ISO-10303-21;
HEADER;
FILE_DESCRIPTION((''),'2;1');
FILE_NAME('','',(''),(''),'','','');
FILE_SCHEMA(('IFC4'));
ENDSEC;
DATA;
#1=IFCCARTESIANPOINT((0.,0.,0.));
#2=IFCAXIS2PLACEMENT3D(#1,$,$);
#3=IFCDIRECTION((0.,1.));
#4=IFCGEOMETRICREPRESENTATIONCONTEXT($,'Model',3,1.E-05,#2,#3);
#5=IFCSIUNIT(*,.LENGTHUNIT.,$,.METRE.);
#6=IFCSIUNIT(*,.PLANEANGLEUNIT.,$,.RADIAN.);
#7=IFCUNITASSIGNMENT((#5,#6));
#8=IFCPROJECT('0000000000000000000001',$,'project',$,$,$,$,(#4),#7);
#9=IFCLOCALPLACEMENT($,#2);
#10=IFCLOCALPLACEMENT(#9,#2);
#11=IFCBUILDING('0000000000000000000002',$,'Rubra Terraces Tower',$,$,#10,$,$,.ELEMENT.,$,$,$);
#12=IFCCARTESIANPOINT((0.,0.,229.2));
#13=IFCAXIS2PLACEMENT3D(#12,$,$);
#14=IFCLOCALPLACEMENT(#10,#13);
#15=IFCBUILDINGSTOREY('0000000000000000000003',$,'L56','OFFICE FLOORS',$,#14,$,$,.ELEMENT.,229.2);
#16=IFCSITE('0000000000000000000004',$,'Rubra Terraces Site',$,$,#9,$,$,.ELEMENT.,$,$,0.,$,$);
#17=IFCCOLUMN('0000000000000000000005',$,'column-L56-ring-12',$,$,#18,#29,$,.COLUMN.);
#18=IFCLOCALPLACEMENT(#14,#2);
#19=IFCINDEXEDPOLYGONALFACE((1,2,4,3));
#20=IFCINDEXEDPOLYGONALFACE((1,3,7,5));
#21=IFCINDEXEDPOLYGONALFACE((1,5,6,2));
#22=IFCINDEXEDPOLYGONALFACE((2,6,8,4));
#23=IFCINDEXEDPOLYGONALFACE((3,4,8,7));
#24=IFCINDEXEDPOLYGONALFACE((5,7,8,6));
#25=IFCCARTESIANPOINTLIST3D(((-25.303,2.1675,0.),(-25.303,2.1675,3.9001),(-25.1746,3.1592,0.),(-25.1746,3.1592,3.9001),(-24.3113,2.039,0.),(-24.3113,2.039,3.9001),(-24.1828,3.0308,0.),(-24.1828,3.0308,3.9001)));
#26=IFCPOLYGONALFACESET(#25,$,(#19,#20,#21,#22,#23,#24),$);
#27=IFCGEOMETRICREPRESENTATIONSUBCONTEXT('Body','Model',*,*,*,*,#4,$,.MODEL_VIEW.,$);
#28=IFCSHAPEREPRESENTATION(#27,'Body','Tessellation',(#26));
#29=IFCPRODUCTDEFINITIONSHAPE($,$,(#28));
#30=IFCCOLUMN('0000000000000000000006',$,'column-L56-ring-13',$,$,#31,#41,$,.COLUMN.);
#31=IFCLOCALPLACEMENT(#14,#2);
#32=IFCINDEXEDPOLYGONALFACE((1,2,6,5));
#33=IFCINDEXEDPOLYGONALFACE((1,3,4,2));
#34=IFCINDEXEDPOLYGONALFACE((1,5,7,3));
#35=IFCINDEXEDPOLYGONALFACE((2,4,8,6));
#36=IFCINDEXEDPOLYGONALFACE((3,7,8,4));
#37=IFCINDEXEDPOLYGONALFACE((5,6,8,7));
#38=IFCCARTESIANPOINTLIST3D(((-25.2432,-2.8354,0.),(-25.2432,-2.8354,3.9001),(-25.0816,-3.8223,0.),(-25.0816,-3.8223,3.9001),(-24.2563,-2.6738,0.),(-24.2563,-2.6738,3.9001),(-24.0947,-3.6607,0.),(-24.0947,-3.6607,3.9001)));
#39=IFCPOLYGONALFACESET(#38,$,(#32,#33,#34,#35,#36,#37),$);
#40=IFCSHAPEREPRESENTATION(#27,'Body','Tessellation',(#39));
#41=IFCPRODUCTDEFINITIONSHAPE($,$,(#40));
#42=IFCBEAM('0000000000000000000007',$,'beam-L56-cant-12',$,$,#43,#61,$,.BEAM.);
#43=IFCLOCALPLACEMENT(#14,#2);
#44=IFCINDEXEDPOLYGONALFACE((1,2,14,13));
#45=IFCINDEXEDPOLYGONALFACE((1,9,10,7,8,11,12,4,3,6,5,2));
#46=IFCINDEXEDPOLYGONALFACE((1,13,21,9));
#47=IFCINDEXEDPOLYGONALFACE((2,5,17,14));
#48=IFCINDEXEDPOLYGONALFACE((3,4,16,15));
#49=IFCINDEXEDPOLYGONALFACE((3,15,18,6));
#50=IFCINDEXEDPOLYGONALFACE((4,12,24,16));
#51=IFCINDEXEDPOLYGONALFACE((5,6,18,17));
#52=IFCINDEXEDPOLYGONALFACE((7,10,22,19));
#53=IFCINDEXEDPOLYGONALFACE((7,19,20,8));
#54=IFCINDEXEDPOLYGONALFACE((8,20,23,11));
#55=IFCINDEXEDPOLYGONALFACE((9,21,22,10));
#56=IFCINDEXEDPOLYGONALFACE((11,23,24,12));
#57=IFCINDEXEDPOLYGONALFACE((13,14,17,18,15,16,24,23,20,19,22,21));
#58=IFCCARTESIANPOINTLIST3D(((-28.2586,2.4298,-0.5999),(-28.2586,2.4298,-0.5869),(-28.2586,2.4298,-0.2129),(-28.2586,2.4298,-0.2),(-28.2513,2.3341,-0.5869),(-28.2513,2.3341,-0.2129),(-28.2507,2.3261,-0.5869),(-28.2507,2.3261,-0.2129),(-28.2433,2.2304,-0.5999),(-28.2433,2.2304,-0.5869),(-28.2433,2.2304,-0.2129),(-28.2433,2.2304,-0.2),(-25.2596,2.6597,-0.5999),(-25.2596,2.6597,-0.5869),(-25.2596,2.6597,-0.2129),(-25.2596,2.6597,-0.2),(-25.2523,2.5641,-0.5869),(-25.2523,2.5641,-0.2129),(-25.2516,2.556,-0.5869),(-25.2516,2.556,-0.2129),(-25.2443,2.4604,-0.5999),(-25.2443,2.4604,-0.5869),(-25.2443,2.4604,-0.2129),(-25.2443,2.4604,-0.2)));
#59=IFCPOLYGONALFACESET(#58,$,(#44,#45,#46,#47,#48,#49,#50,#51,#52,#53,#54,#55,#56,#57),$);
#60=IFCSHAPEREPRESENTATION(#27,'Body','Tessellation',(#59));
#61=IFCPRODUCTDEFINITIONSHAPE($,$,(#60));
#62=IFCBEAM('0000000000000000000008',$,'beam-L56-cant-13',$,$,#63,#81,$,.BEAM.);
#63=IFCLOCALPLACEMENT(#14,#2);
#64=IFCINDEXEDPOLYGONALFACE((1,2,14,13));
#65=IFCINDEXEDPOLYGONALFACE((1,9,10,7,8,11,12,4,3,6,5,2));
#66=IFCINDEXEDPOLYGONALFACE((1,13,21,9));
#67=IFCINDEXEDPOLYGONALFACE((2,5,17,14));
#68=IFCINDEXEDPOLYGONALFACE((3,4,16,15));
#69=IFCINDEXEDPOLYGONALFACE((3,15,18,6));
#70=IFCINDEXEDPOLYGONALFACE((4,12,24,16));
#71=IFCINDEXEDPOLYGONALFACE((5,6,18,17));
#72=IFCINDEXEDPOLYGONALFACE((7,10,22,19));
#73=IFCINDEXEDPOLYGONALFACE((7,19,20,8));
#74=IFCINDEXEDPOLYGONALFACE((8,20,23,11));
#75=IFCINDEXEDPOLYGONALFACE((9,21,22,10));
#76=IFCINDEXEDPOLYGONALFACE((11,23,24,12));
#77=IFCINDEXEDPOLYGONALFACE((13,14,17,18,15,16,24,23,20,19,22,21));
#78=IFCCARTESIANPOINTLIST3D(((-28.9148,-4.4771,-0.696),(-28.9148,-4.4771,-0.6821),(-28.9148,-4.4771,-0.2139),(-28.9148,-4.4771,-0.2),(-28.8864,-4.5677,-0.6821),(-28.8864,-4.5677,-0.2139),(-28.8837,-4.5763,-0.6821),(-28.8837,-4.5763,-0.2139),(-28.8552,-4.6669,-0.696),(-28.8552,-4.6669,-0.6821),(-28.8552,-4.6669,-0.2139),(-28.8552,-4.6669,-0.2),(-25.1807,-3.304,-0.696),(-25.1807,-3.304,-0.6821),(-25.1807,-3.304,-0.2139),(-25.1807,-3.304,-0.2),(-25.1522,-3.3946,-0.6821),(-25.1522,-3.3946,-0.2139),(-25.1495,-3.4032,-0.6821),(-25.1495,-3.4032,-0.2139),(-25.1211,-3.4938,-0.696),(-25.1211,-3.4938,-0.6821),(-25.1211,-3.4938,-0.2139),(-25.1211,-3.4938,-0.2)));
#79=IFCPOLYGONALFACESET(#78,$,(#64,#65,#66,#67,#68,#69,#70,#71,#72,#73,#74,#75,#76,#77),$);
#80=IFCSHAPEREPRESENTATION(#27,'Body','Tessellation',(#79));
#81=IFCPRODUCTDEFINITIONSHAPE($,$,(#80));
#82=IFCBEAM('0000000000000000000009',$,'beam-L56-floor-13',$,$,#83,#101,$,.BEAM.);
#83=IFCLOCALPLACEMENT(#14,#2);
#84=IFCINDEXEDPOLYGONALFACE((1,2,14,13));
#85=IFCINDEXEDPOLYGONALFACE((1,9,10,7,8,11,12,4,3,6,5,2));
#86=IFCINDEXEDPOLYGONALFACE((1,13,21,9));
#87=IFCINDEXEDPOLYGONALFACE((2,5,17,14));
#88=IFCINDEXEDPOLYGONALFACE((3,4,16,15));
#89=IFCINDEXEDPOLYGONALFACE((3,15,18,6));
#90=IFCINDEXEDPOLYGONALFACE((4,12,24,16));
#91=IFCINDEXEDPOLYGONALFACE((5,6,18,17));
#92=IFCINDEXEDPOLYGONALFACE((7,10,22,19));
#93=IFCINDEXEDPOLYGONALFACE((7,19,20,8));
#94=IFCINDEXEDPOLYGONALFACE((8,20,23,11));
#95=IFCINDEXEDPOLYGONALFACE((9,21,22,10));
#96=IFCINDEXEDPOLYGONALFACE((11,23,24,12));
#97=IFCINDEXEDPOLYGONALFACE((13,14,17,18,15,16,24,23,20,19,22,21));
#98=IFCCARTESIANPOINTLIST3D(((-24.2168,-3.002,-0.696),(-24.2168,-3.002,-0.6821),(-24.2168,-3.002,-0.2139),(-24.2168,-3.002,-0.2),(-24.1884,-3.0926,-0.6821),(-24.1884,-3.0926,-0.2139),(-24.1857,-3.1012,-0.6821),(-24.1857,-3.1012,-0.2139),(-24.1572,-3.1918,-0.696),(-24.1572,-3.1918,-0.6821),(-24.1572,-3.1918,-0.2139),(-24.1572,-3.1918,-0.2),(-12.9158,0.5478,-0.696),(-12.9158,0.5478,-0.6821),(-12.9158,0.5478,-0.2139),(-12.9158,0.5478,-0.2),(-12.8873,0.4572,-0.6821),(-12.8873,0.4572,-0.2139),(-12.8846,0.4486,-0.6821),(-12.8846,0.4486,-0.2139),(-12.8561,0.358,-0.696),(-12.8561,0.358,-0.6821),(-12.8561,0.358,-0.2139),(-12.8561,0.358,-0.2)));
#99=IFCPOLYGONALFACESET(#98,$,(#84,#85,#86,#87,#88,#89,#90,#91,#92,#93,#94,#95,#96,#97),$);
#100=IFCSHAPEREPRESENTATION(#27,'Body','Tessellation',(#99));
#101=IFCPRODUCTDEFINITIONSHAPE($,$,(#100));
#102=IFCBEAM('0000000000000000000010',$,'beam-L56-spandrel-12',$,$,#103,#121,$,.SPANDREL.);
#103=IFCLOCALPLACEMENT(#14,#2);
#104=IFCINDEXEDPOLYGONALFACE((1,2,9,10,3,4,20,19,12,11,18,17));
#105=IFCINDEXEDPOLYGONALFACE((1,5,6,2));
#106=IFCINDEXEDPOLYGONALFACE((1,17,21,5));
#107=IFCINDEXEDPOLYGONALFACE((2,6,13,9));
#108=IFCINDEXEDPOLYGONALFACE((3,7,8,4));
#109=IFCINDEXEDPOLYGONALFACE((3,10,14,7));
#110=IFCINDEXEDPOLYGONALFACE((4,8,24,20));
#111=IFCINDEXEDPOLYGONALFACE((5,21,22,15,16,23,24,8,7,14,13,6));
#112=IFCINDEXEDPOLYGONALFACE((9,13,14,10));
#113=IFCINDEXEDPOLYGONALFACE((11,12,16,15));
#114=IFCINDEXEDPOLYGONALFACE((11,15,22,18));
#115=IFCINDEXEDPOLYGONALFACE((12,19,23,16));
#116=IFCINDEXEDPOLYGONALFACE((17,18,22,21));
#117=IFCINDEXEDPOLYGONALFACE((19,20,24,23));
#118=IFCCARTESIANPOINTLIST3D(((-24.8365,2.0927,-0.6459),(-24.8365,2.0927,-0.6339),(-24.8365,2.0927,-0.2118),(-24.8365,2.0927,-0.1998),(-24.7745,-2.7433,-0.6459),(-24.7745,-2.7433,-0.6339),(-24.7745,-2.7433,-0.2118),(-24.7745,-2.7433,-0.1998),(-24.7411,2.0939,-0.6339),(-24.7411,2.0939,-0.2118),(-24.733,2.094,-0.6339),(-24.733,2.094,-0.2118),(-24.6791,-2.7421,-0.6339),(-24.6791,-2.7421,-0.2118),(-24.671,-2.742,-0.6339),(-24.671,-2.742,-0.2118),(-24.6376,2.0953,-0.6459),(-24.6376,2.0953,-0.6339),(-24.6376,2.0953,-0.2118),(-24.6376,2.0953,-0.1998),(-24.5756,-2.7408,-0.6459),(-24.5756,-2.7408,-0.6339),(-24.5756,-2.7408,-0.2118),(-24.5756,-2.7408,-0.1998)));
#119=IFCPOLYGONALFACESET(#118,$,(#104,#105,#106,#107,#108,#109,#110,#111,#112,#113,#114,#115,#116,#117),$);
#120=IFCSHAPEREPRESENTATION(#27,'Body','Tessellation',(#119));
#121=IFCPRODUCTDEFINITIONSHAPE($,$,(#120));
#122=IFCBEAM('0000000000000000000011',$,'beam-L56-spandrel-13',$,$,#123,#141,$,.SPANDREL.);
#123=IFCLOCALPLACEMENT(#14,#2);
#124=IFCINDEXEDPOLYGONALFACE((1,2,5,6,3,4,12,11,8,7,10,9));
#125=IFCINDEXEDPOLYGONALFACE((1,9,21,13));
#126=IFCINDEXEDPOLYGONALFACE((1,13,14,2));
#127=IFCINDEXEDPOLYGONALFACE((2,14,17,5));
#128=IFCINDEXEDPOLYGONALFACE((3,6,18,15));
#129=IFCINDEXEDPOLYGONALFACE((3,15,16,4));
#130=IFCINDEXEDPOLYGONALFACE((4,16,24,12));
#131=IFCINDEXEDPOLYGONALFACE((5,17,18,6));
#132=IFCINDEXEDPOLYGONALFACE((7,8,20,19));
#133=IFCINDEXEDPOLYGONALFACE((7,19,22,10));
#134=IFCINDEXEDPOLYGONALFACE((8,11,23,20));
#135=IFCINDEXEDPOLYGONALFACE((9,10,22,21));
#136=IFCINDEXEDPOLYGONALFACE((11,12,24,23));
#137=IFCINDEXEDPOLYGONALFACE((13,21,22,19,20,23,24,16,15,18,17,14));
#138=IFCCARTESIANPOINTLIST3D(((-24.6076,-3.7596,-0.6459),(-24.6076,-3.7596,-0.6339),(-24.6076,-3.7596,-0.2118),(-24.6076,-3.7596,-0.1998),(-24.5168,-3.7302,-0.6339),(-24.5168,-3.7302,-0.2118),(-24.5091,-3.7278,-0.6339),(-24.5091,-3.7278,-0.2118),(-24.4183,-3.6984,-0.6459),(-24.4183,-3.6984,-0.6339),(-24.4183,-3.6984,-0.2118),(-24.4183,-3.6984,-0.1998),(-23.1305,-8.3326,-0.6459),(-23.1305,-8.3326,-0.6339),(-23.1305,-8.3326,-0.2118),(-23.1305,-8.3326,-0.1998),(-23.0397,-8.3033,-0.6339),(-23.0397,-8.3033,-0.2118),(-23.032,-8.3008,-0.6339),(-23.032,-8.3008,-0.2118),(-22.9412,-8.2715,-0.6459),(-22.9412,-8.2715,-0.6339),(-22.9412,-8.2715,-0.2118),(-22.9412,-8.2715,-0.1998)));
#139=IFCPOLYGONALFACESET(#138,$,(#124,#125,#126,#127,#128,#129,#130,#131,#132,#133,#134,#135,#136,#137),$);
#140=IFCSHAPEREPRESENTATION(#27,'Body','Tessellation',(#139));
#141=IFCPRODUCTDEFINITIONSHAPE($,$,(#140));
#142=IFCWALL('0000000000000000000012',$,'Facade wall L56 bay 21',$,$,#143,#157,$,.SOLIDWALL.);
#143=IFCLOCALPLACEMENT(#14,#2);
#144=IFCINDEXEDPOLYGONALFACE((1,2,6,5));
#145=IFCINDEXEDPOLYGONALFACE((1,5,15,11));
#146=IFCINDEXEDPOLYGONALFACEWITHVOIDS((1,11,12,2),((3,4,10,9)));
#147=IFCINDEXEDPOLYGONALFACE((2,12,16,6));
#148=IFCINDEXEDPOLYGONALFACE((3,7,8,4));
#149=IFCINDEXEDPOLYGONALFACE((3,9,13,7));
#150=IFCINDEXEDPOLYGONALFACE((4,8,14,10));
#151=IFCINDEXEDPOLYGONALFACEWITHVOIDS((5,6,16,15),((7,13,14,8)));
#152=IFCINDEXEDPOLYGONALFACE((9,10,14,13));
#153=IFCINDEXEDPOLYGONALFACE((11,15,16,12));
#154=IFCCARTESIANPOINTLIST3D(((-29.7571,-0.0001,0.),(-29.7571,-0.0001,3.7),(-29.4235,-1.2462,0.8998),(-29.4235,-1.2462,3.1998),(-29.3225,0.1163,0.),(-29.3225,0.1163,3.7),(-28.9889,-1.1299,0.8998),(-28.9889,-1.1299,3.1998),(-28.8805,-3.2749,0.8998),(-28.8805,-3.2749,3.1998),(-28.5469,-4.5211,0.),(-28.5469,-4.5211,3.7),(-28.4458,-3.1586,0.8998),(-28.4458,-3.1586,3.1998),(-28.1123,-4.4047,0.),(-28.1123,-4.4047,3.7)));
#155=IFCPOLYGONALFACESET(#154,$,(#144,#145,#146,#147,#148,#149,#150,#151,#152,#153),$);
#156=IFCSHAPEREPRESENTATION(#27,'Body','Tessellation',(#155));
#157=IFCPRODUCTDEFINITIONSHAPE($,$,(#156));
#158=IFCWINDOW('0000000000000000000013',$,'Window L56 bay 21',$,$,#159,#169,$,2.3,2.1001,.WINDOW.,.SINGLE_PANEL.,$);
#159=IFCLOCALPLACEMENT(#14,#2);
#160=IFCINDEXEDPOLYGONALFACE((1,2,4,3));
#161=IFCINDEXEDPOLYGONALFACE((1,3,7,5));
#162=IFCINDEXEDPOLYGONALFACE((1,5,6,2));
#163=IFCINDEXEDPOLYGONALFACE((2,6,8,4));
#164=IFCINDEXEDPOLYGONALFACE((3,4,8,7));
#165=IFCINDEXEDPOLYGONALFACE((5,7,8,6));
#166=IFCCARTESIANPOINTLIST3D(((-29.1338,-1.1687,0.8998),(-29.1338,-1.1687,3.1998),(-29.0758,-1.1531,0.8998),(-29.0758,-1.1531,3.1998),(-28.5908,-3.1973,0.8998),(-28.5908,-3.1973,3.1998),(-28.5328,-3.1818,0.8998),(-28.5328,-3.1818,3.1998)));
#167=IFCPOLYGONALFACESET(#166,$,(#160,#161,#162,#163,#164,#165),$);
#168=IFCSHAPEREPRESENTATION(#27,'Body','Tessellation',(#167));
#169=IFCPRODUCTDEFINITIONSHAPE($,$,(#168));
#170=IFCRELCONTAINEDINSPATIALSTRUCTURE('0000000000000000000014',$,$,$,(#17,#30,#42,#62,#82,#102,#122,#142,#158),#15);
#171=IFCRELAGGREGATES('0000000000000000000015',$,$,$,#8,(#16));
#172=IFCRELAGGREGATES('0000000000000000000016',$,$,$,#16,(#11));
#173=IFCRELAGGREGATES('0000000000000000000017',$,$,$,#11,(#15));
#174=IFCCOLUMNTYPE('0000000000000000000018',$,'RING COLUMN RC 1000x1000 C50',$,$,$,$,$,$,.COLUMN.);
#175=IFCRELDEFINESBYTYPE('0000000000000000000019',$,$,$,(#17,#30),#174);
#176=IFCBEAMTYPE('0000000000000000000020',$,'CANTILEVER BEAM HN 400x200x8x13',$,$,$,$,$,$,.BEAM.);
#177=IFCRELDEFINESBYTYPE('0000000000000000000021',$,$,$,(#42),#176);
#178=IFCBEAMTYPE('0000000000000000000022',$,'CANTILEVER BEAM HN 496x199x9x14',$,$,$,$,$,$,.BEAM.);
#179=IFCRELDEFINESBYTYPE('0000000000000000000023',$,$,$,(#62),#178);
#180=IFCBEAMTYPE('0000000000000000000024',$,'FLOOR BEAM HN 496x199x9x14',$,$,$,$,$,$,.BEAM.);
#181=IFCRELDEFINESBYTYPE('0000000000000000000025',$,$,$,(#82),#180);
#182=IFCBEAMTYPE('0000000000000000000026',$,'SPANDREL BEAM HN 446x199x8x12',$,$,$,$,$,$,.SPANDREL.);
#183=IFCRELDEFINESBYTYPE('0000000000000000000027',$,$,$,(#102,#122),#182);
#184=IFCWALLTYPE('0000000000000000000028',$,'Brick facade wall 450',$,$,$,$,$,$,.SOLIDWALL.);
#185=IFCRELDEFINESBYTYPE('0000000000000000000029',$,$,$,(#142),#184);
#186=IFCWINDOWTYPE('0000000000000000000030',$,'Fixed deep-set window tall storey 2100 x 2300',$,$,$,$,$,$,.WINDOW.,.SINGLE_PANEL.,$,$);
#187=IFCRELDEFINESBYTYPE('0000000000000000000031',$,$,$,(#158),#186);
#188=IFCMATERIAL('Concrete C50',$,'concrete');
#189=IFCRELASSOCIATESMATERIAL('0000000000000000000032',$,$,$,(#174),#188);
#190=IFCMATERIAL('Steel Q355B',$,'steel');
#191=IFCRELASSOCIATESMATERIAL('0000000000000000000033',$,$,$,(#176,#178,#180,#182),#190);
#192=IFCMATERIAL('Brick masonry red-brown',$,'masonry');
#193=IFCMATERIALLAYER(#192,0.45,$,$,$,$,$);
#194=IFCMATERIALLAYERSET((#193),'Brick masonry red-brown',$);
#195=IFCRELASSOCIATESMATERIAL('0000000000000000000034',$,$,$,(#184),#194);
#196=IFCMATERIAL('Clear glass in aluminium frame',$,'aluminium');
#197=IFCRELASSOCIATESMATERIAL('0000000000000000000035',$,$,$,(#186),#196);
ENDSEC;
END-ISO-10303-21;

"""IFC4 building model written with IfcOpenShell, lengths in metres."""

from ifc_helpers import new_model, si_unit, direction, frame, frame_2d, origin, origin_2d, place, context, subcontext, project, spatial, rectangle, i_section, extrude, material, layer, layer_set, material_profile, profile_set, type_object, element, fill, save


model = new_model("IFC4")

# Units and contexts
model_context = context("Model", 3, precision=1e-05, world=origin(), true_north=direction((0.0, 1.0)))
body_context = subcontext(model_context, "Body", "Model", "MODEL_VIEW")
ifc_project = project(units=[si_unit("LENGTHUNIT", "METRE"), si_unit("PLANEANGLEUNIT", "RADIAN")], contexts=[model_context])

# Site, building, storey
site_placement = place(None, origin())
site = spatial("IfcSite", under=ifc_project, at=site_placement, Name="Rubra Terraces Site", CompositionType="ELEMENT", RefElevation=0.0)
building_placement = place(site_placement, origin())
building = spatial("IfcBuilding", under=site, at=building_placement, Name="Rubra Terraces Tower", CompositionType="ELEMENT")
storey_placement = place(building_placement, frame((0.0, 0.0, 229.2)))
storey = spatial("IfcBuildingStorey", under=building, at=storey_placement, Name="L56", Description="OFFICE FLOORS", CompositionType="ELEMENT", Elevation=229.2)

# Columns
ifc_material_1 = material(Name="Concrete C50", Category="concrete")
ifc_material_profile_1 = material_profile(ifc_material_1, rectangle(XDim=1.0, YDim=1.0, at=origin_2d()), Name="RC 1000x1000")
ifc_profile_set_1 = profile_set([ifc_material_profile_1], Name="Concrete C50")
column_type = type_object("IfcColumnType", Name="RING COLUMN RC 1000x1000 C50", PredefinedType="COLUMN", material=ifc_profile_set_1)
for number, where, z_axis, x_axis, name in (
    (1, (-24.7429, 2.5991, 0.0), (0.0, 0.0, 1.0), (-0.128444, -0.991717, 0.0), "column-L56-ring-12"),
    (2, (-24.6689, -3.248, 0.0), (0.0, 0.0, 1.0), (0.161559, -0.986863, 0.0), "column-L56-ring-13"),
):
    element("IfcColumn", number, at=place(storey_placement, frame(where, z_axis=z_axis, x_axis=x_axis)), inside=storey, type_object=column_type, Name=name, PredefinedType="COLUMN", context=body_context, shape_type="SweptSolid", body=[
        extrude(rectangle(XDim=1.0, YDim=1.0, at=origin_2d()), origin(), (0.0, 0.0, 1.0), 3.9001),
    ])

# Beams
ifc_material_2 = material(Name="Steel Q355B", Category="steel")
ifc_material_profile_2 = material_profile(ifc_material_2, i_section(OverallWidth=0.2, OverallDepth=0.3999, WebThickness=0.0081, FlangeThickness=0.0129, at=origin_2d()), Name="HN 400x200x8x13")
ifc_profile_set_2 = profile_set([ifc_material_profile_2], Name="Steel Q355B")
beam_type_1 = type_object("IfcBeamType", Name="CANTILEVER BEAM HN 400x200x8x13", PredefinedType="BEAM", material=ifc_profile_set_2)
beam_1_placement = place(storey_placement, frame((-25.252, 2.5601, -0.3999), z_axis=(-0.997073, -0.076461, 0.0), x_axis=(0.076461, -0.997073, 0.0)))
element("IfcBeam", 3, at=beam_1_placement, inside=storey, type_object=beam_type_1, Name="beam-L56-cant-12", PredefinedType="BEAM", context=body_context, shape_type="SweptSolid", body=[
    extrude(i_section(OverallWidth=0.2, OverallDepth=0.3999, WebThickness=0.0081, FlangeThickness=0.0129, at=origin_2d()), origin(), (0.0, 0.0, 1.0), 3.0078),
])
ifc_material_profile_3 = material_profile(ifc_material_2, i_section(OverallWidth=0.199, OverallDepth=0.4961, WebThickness=0.009, FlangeThickness=0.0139, at=origin_2d()), Name="HN 496x199x9x14")
ifc_profile_set_3 = profile_set([ifc_material_profile_3], Name="Steel Q355B")
beam_type_2 = type_object("IfcBeamType", Name="CANTILEVER BEAM HN 496x199x9x14", PredefinedType="BEAM", material=ifc_profile_set_3)
beam_2_placement = place(storey_placement, frame((-25.1509, -3.3989, -0.448), z_axis=(-0.954029, -0.299713, 0.0), x_axis=(0.299713, -0.954029, 0.0)))
element("IfcBeam", 4, at=beam_2_placement, inside=storey, type_object=beam_type_2, Name="beam-L56-cant-13", PredefinedType="BEAM", context=body_context, shape_type="SweptSolid", body=[
    extrude(i_section(OverallWidth=0.199, OverallDepth=0.4961, WebThickness=0.009, FlangeThickness=0.0139, at=origin_2d()), origin(), (0.0, 0.0, 1.0), 3.9141),
])
ifc_material_profile_4 = material_profile(ifc_material_2, i_section(OverallWidth=0.199, OverallDepth=0.4961, WebThickness=0.009, FlangeThickness=0.0139, at=origin_2d()), Name="HN 496x199x9x14")
ifc_profile_set_4 = profile_set([ifc_material_profile_4], Name="Steel Q355B")
beam_type_3 = type_object("IfcBeamType", Name="FLOOR BEAM HN 496x199x9x14", PredefinedType="BEAM", material=ifc_profile_set_4)
beam_3_placement = place(storey_placement, frame((-24.187, -3.0969, -0.448), z_axis=(0.954041, 0.299677, 0.0), x_axis=(-0.299677, 0.954041, 0.0)))
element("IfcBeam", 5, at=beam_3_placement, inside=storey, type_object=beam_type_3, Name="beam-L56-floor-13", PredefinedType="BEAM", context=body_context, shape_type="SweptSolid", body=[
    extrude(i_section(OverallWidth=0.199, OverallDepth=0.4961, WebThickness=0.009, FlangeThickness=0.0139, at=origin_2d()), origin(), (0.0, 0.0, 1.0), 11.8455),
])
ifc_material_profile_5 = material_profile(ifc_material_2, i_section(OverallWidth=0.199, OverallDepth=0.446, WebThickness=0.0081, FlangeThickness=0.012, at=origin_2d()), Name="HN 446x199x8x12")
ifc_profile_set_5 = profile_set([ifc_material_profile_5], Name="Steel Q355B")
beam_type_4 = type_object("IfcBeamType", Name="SPANDREL BEAM HN 446x199x8x12", PredefinedType="SPANDREL", material=ifc_profile_set_5)
beam_4_placement = place(storey_placement, frame((-24.7371, 2.094, -0.4229), z_axis=(0.012822, -0.999918, 0.0), x_axis=(0.999918, 0.012822, 0.0)))
element("IfcBeam", 6, at=beam_4_placement, inside=storey, type_object=beam_type_4, Name="beam-L56-spandrel-12", PredefinedType="SPANDREL", context=body_context, shape_type="SweptSolid", body=[
    extrude(i_section(OverallWidth=0.199, OverallDepth=0.446, WebThickness=0.0081, FlangeThickness=0.012, at=origin_2d()), origin(), (0.0, 0.0, 1.0), 4.8364),
])
beam_5_placement = place(storey_placement, frame((-24.5129, -3.729, -0.4229), z_axis=(0.307359, -0.951594, 0.0), x_axis=(0.951594, 0.307359, 0.0)))
element("IfcBeam", 7, at=beam_5_placement, inside=storey, type_object=beam_type_4, Name="beam-L56-spandrel-13", PredefinedType="SPANDREL", context=body_context, shape_type="SweptSolid", body=[
    extrude(i_section(OverallWidth=0.199, OverallDepth=0.446, WebThickness=0.0081, FlangeThickness=0.012, at=origin_2d()), origin(), (0.0, 0.0, 1.0), 4.8057),
])

# Wall, opening, window
ifc_material_3 = material(Name="Brick masonry red-brown", Category="masonry")
ifc_layer_1 = layer(ifc_material_3, 0.45)
ifc_layer_set_1 = layer_set([ifc_layer_1], Name="Brick masonry red-brown")
wall_type_1 = type_object("IfcWallType", Name="Brick facade wall 450", PredefinedType="SOLIDWALL", material=ifc_layer_set_1)
wall_1_placement = place(storey_placement, frame((-29.5398, 0.0581, 0.0), z_axis=(0.0, 0.0, 1.0), x_axis=(0.258581, -0.965989, 0.0)))
wall_1 = element("IfcWall", 8, at=wall_1_placement, inside=storey, type_object=wall_type_1, Name="Facade wall L56 bay 21", PredefinedType="SOLIDWALL", context=body_context, shape_type="SweptSolid", body=[
    extrude(rectangle(XDim=4.6802, YDim=0.45, at=frame_2d((2.3401, 0.0))), origin(), (0.0, 0.0, 1.0), 3.7),
])
opening_1_placement = place(wall_1_placement, frame((1.29, 0.0, 0.8999)))
opening_1 = element("IfcOpeningElement", 9, at=opening_1_placement, cuts=wall_1, PredefinedType="OPENING", context=body_context, shape_type="SweptSolid", body=[
    extrude(rectangle(XDim=2.1001, YDim=2.3, at=frame_2d((1.05, 1.1499))), frame((0.0, 0.2349, 0.0), z_axis=(0.0, -1.0, 0.0), x_axis=(1.0, 0.0, 0.0)), (0.0, 0.0, 1.0), 0.47),
])
ifc_material_4 = material(Name="Clear glass in aluminium frame", Category="aluminium")
window_type_1 = type_object("IfcWindowType", Name="Fixed deep-set window tall storey 2100 x 2300", PartitioningType="SINGLE_PANEL", PredefinedType="WINDOW", material=ifc_material_4)
window_1_placement = place(opening_1_placement, origin())
window_1 = element("IfcWindow", 10, at=window_1_placement, inside=storey, type_object=window_type_1, Name="Window L56 bay 21", OverallHeight=2.3, OverallWidth=2.1001, PartitioningType="SINGLE_PANEL", PredefinedType="WINDOW", context=body_context, shape_type="SweptSolid", body=[
    extrude(rectangle(XDim=2.1001, YDim=2.3, at=frame_2d((1.05, 1.1499))), frame((0.0, 0.135, 0.0), z_axis=(0.0, -1.0, 0.0), x_axis=(1.0, 0.0, 0.0)), (0.0, 0.0, 1.0), 0.0601),
])
fill(opening_1, window_1)

save(model, "model.ifc")
